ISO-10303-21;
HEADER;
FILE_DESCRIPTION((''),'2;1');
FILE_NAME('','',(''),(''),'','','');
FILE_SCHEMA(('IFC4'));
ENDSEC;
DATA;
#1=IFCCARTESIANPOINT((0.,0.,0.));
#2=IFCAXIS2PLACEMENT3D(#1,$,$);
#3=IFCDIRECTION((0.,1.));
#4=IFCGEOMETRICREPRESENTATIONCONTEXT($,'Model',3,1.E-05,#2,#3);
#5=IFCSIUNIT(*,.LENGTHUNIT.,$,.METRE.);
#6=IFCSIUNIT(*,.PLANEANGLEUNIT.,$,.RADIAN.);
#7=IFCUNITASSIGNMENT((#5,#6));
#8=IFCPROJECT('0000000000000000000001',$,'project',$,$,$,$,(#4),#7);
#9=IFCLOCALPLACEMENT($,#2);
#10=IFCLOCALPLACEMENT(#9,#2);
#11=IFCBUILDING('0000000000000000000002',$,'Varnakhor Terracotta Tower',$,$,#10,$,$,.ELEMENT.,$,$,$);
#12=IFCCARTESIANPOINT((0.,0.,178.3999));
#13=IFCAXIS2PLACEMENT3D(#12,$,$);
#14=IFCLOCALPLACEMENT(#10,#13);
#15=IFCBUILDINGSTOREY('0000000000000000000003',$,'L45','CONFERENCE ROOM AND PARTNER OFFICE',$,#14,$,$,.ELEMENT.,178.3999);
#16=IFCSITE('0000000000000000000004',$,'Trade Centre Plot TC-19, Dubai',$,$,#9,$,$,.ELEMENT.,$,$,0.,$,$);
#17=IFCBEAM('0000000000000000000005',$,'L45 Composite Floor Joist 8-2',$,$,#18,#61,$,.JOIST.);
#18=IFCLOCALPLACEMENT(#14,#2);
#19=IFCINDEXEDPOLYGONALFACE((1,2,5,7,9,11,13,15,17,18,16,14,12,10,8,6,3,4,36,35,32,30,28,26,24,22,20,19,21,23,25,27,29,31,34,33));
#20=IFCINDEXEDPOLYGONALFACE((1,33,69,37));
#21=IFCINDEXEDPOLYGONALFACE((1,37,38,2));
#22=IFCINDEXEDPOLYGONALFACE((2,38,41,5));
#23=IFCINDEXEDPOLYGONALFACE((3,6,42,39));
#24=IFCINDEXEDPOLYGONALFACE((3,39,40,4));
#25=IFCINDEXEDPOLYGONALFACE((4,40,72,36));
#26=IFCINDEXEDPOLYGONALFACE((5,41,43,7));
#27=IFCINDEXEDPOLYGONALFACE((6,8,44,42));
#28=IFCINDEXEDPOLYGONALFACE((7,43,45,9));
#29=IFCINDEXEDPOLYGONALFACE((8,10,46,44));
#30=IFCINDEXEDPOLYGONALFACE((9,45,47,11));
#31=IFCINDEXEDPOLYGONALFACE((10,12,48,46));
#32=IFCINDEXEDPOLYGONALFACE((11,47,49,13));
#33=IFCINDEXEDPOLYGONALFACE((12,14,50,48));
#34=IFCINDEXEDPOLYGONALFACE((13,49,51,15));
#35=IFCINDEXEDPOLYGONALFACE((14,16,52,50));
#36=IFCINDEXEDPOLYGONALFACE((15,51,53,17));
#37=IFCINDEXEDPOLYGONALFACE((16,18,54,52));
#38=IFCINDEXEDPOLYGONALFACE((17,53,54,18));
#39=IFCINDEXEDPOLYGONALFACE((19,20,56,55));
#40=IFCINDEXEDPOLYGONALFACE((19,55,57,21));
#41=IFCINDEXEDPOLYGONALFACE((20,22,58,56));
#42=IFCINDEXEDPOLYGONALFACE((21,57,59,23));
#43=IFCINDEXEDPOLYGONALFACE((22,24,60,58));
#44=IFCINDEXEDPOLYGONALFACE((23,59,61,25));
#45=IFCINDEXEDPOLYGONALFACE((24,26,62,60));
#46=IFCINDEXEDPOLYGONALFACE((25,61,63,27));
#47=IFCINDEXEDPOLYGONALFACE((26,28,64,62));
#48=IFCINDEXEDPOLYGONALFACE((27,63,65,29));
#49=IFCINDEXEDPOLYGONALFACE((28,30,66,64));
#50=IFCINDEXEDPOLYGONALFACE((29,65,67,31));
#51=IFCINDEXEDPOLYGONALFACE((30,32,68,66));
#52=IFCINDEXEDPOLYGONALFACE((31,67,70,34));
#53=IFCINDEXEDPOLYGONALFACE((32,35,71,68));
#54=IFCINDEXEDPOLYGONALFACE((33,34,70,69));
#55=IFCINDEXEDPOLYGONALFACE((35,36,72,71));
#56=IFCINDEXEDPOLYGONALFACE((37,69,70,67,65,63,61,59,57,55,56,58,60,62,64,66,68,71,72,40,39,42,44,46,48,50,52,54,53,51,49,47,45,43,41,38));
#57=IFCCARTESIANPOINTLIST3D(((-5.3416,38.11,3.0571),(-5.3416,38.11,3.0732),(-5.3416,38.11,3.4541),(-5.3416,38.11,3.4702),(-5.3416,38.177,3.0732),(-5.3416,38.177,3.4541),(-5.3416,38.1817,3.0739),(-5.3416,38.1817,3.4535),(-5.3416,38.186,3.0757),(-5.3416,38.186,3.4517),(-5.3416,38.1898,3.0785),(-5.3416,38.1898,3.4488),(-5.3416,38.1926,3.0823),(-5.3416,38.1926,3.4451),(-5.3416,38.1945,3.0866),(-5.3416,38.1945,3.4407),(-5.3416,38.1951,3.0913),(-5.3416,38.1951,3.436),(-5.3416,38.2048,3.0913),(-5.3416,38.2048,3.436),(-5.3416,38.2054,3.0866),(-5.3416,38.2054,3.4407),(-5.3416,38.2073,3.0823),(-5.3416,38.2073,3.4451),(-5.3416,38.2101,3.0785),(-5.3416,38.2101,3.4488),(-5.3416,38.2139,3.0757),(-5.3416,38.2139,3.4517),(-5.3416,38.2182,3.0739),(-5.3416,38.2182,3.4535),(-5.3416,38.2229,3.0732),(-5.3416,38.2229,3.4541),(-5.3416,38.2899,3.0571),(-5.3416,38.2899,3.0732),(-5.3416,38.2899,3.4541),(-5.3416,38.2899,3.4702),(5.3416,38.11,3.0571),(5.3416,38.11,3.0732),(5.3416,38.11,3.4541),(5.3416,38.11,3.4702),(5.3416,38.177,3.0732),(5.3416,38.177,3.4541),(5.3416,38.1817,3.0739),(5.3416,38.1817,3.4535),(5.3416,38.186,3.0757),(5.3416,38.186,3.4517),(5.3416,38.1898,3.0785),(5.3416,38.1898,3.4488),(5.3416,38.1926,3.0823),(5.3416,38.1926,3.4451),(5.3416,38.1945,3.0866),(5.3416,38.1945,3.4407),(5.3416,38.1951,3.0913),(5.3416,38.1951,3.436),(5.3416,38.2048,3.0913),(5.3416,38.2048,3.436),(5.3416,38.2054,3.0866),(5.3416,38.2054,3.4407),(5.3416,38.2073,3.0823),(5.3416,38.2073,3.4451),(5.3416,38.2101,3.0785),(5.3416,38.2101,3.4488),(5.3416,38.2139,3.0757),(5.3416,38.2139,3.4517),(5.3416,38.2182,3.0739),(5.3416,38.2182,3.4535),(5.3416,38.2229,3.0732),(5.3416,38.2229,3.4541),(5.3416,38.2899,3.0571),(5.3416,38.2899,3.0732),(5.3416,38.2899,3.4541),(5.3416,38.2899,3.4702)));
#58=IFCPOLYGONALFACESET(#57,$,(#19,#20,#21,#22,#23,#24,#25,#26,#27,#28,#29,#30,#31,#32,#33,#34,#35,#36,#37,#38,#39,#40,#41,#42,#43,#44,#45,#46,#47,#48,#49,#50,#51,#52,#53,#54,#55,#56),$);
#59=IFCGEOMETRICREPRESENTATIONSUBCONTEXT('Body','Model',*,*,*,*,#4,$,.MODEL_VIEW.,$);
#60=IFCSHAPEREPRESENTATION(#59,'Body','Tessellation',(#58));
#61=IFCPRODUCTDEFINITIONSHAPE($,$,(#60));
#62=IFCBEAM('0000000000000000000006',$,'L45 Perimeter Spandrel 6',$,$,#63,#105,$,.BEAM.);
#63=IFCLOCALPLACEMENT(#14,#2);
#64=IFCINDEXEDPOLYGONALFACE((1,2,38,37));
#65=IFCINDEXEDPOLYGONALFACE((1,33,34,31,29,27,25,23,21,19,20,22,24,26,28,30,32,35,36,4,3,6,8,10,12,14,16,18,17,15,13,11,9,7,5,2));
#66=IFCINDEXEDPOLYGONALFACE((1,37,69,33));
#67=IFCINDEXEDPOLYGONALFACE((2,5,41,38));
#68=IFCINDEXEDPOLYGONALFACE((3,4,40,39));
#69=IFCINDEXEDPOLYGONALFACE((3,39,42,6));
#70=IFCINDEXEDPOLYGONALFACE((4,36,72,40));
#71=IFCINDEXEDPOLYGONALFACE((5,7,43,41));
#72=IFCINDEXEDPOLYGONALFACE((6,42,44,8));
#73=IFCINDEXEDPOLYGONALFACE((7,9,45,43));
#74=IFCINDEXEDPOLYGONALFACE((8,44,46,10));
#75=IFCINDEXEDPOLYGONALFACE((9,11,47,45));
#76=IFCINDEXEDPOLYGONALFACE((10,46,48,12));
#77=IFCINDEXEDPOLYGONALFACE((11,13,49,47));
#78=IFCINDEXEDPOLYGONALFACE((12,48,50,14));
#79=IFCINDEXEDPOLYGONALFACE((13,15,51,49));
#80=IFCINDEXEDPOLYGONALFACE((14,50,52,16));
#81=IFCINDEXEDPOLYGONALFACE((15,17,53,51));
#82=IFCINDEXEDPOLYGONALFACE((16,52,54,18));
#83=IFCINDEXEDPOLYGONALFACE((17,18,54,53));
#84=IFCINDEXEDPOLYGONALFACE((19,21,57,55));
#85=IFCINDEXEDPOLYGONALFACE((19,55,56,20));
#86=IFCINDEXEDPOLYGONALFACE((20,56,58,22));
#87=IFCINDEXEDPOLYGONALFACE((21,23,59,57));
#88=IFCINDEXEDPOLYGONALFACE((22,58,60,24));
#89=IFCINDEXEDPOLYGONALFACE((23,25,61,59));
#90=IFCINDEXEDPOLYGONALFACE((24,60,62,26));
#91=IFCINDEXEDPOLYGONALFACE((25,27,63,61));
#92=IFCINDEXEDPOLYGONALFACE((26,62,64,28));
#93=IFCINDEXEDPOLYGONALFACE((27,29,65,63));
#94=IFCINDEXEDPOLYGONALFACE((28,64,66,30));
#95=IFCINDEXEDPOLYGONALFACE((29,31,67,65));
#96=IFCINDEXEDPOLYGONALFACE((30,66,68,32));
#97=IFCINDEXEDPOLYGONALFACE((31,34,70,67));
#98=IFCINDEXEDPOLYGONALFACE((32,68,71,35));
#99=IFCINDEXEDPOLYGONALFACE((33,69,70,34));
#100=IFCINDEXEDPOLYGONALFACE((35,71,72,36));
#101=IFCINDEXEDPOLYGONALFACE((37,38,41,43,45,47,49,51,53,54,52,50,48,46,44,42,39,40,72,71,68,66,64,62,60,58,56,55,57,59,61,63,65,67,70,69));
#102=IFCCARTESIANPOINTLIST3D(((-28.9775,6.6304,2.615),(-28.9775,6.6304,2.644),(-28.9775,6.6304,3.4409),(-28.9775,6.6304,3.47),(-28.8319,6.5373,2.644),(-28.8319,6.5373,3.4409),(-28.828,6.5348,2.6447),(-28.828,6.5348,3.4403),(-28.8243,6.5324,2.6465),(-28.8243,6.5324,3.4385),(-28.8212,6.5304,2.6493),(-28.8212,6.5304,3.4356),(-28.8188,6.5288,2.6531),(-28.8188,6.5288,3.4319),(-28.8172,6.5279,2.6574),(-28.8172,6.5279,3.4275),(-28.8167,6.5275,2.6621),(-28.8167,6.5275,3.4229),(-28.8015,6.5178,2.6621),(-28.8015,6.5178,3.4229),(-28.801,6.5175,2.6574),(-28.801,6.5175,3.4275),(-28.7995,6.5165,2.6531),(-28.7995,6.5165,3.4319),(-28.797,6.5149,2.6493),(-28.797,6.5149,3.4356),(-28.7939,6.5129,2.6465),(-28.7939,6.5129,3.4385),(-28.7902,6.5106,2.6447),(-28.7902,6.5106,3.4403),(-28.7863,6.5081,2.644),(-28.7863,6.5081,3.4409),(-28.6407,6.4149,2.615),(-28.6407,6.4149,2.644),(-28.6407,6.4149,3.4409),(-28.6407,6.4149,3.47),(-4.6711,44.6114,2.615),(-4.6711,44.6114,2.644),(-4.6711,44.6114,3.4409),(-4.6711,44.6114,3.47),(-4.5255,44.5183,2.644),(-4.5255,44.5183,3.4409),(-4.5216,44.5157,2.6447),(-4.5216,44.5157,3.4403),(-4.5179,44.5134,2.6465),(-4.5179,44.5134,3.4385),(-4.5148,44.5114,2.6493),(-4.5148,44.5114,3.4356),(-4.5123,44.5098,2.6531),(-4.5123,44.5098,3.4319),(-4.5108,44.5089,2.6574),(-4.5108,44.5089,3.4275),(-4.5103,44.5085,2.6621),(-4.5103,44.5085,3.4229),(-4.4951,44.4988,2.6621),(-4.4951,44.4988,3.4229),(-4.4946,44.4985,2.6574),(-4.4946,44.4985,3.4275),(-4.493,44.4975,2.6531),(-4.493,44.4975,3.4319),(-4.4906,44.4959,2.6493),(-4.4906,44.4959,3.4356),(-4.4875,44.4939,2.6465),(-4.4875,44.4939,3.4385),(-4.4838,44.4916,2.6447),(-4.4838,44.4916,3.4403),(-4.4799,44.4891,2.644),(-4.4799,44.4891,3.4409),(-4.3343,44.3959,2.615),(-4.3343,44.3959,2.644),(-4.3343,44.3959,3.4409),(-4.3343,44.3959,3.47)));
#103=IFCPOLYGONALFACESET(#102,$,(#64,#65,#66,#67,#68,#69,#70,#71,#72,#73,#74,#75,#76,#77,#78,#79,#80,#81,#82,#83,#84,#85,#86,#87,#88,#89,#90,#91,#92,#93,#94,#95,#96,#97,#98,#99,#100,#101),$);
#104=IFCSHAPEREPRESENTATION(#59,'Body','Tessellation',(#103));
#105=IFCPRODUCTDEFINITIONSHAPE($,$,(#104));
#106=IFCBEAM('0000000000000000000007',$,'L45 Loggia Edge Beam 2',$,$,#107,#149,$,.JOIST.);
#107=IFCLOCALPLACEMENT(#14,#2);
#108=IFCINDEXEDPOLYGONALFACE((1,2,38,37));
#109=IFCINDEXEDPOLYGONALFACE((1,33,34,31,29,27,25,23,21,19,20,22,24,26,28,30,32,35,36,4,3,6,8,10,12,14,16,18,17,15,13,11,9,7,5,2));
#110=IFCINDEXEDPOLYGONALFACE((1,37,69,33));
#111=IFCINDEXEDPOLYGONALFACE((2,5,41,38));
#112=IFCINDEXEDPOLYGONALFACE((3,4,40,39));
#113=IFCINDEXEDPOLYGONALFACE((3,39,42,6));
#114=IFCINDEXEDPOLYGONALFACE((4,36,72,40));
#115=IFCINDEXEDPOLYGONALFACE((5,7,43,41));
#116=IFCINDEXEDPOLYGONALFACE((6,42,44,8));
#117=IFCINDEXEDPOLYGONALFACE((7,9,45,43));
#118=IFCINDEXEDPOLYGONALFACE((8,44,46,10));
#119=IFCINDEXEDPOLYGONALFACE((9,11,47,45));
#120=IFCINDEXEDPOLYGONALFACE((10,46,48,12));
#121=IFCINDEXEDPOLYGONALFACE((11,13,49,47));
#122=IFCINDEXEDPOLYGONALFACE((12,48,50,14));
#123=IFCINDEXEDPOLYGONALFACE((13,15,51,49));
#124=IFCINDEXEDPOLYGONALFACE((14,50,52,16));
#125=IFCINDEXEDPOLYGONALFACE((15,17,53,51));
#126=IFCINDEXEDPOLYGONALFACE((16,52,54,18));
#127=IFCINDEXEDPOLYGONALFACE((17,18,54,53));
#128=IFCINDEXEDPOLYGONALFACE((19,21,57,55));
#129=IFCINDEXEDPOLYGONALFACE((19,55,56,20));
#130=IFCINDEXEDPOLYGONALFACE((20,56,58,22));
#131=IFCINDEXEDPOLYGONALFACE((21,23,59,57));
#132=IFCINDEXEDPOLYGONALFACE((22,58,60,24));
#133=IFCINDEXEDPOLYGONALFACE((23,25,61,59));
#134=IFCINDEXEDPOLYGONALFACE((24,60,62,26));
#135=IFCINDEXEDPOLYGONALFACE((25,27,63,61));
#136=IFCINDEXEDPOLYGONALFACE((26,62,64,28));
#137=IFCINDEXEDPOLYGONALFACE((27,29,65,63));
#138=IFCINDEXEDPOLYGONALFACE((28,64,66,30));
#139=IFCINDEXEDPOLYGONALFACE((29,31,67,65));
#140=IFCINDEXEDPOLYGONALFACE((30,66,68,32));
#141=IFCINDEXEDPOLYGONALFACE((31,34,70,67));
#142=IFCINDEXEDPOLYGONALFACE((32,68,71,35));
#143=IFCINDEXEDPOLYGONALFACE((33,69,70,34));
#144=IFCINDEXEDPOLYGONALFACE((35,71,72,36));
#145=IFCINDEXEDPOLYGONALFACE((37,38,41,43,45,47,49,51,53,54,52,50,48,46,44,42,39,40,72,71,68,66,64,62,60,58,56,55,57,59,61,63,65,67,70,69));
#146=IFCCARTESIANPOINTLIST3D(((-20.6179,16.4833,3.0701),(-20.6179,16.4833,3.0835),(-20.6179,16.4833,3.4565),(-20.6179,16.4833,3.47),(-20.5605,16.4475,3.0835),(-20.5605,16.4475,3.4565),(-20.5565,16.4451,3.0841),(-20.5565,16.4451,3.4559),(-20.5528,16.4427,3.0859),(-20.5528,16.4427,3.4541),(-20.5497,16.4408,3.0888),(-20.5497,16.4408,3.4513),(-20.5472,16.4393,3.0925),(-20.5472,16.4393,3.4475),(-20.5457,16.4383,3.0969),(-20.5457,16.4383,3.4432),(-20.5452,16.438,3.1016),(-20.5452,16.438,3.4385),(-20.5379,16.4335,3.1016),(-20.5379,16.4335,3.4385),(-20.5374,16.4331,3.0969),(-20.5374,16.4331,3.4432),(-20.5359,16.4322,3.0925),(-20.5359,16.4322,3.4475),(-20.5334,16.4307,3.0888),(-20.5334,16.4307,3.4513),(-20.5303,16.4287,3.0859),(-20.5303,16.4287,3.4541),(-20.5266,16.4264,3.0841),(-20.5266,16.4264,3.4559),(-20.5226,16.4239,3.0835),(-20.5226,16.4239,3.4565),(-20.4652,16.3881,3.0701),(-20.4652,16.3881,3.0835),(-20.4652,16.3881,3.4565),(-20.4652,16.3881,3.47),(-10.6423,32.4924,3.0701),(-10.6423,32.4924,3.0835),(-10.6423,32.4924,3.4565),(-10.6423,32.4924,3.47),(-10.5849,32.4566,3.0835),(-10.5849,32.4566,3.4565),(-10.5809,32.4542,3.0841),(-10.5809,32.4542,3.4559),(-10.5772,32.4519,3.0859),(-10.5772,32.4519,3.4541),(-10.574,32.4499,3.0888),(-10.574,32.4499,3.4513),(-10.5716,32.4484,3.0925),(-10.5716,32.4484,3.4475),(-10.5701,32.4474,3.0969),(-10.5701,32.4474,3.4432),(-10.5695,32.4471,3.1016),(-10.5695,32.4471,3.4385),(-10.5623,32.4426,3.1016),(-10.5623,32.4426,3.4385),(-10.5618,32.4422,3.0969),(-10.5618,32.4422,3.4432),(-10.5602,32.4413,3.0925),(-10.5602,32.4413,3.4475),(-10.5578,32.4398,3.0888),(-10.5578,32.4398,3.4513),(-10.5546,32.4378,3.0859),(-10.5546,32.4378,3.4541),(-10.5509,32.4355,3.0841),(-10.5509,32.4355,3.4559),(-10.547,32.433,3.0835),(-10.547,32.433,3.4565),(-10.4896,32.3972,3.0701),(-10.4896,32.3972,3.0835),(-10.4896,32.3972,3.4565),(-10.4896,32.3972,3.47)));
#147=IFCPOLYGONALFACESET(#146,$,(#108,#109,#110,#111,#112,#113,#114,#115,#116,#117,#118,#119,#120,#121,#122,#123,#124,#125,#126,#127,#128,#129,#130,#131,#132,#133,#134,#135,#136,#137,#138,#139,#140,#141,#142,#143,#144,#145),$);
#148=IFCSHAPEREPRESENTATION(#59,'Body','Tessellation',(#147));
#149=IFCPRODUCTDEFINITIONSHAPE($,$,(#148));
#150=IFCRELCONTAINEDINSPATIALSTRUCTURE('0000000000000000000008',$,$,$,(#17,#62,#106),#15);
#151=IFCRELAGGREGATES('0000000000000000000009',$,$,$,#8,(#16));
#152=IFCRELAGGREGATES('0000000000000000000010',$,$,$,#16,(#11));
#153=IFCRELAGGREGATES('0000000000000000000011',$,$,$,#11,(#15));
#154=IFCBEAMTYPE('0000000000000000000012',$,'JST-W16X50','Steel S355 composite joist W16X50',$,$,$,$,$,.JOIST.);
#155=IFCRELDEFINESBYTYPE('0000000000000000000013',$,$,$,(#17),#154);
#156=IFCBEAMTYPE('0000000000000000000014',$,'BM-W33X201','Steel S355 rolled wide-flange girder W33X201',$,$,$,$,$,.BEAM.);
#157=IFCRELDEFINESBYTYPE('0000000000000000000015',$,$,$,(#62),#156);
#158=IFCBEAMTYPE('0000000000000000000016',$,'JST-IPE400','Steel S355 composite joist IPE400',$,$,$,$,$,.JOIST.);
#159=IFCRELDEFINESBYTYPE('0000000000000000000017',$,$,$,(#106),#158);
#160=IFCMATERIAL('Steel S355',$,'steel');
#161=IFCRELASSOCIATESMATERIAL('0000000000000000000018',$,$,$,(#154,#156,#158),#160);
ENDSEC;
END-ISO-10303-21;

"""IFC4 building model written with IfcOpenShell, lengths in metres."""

from ifc_helpers import new_model, si_unit, direction, frame, origin, origin_2d, place, context, subcontext, project, spatial, i_section, extrude, source, transform, mapped, material, material_profile, profile_set, type_object, element, save


model = new_model("IFC4")

# Units and contexts
model_context = context("Model", 3, precision=1e-05, world=origin(), true_north=direction((0.0, 1.0)))
body_context = subcontext(model_context, "Body", "Model", "MODEL_VIEW")
ifc_project = project(units=[si_unit("LENGTHUNIT", "METRE"), si_unit("PLANEANGLEUNIT", "RADIAN")], contexts=[model_context])

# Site, building, storey
site_placement = place(None, origin())
site = spatial("IfcSite", under=ifc_project, at=site_placement, Name="Trade Centre Plot TC-19, Dubai", CompositionType="ELEMENT", RefElevation=0.0)
building_placement = place(site_placement, origin())
building = spatial("IfcBuilding", under=site, at=building_placement, Name="Varnakhor Terracotta Tower", CompositionType="ELEMENT")
storey_placement = place(building_placement, frame((0.0, 0.0, 178.3999)))
storey = spatial("IfcBuildingStorey", under=building, at=storey_placement, Name="L45", Description="CONFERENCE ROOM AND PARTNER OFFICE", CompositionType="ELEMENT", Elevation=178.3999)

# Beams
ifc_material_1 = material(Name="Steel S355", Category="steel")
ifc_material_profile_1 = material_profile(ifc_material_1, i_section(OverallWidth=0.1799, OverallDepth=0.4131, WebThickness=0.0098, FlangeThickness=0.0161, FilletRadius=0.0181, at=origin_2d()), Name="W16X50")
ifc_profile_set_1 = profile_set([ifc_material_profile_1], Name="Steel S355")
beam_type_1 = type_object("IfcBeamType", Name="JST-W16X50", Description="Steel S355 composite joist W16X50", PredefinedType="JOIST", material=ifc_profile_set_1)
shared_shape_1 = source(origin(), body_context, "Body", "SweptSolid", [
    extrude(i_section(OverallWidth=0.1799, OverallDepth=0.4131, WebThickness=0.0098, FlangeThickness=0.0161, FilletRadius=0.0181, at=origin_2d()), origin(), (0.0, 0.0, 1.0), 10.6831),
])
for number, where, z_axis, x_axis, name in (
    (1, (-5.3416, 38.2, 3.2637), (1.0, 0.0, 0.0), (0.0, 1.0, 0.0), "L45 Composite Floor Joist 8-2"),
):
    element("IfcBeam", number, at=place(storey_placement, frame(where, z_axis=z_axis, x_axis=x_axis)), inside=storey, type_object=beam_type_1, Name=name, PredefinedType="JOIST", context=body_context, shape_type="MappedRepresentation", body=[
        mapped(shared_shape_1, transform((0.0, 0.0, 0.0), scale=1.0)),
    ])
ifc_material_profile_2 = material_profile(ifc_material_1, i_section(OverallWidth=0.3999, OverallDepth=0.855, WebThickness=0.0181, FlangeThickness=0.0291, FilletRadius=0.0181, at=origin_2d()), Name="W33X201")
ifc_profile_set_2 = profile_set([ifc_material_profile_2], Name="Steel S355")
beam_type_2 = type_object("IfcBeamType", Name="BM-W33X201", Description="Steel S355 rolled wide-flange girder W33X201", PredefinedType="BEAM", material=ifc_profile_set_2)
shared_shape_2 = source(origin(), body_context, "Body", "SweptSolid", [
    extrude(i_section(OverallWidth=0.3999, OverallDepth=0.855, WebThickness=0.0181, FlangeThickness=0.0291, FilletRadius=0.0181, at=origin_2d()), origin(), (0.0, 0.0, 1.0), 45.0928),
])
beam_1_placement = place(storey_placement, frame((-4.5027, 44.5037, 3.0425), z_axis=(-0.539031, -0.842286, 0.0), x_axis=(0.842286, -0.539031, 0.0)))
element("IfcBeam", 2, at=beam_1_placement, inside=storey, type_object=beam_type_2, Name="L45 Perimeter Spandrel 6", PredefinedType="BEAM", context=body_context, shape_type="MappedRepresentation", body=[
    mapped(shared_shape_2, transform((0.0, 0.0, 0.0), scale=1.0)),
])
ifc_material_profile_3 = material_profile(ifc_material_1, i_section(OverallWidth=0.1799, OverallDepth=0.3999, WebThickness=0.0085, FlangeThickness=0.0134, FilletRadius=0.0181, at=origin_2d()), Name="IPE400")
ifc_profile_set_3 = profile_set([ifc_material_profile_3], Name="Steel S355")
beam_type_3 = type_object("IfcBeamType", Name="JST-IPE400", Description="Steel S355 composite joist IPE400", PredefinedType="JOIST", material=ifc_profile_set_3)
shared_shape_3 = source(origin(), body_context, "Body", "SweptSolid", [
    extrude(i_section(OverallWidth=0.1799, OverallDepth=0.3999, WebThickness=0.0085, FlangeThickness=0.0134, FilletRadius=0.0181, at=origin_2d()), origin(), (0.0, 0.0, 1.0), 18.8628),
])
beam_2_placement = place(storey_placement, frame((-10.5659, 32.4448, 3.27), z_axis=(-0.528852, -0.848714, 0.0), x_axis=(0.848714, -0.528852, 0.0)))
element("IfcBeam", 3, at=beam_2_placement, inside=storey, type_object=beam_type_3, Name="L45 Loggia Edge Beam 2", PredefinedType="JOIST", context=body_context, shape_type="MappedRepresentation", body=[
    mapped(shared_shape_3, transform((0.0, 0.0, 0.0), scale=1.0)),
])

save(model, "model.ifc")
